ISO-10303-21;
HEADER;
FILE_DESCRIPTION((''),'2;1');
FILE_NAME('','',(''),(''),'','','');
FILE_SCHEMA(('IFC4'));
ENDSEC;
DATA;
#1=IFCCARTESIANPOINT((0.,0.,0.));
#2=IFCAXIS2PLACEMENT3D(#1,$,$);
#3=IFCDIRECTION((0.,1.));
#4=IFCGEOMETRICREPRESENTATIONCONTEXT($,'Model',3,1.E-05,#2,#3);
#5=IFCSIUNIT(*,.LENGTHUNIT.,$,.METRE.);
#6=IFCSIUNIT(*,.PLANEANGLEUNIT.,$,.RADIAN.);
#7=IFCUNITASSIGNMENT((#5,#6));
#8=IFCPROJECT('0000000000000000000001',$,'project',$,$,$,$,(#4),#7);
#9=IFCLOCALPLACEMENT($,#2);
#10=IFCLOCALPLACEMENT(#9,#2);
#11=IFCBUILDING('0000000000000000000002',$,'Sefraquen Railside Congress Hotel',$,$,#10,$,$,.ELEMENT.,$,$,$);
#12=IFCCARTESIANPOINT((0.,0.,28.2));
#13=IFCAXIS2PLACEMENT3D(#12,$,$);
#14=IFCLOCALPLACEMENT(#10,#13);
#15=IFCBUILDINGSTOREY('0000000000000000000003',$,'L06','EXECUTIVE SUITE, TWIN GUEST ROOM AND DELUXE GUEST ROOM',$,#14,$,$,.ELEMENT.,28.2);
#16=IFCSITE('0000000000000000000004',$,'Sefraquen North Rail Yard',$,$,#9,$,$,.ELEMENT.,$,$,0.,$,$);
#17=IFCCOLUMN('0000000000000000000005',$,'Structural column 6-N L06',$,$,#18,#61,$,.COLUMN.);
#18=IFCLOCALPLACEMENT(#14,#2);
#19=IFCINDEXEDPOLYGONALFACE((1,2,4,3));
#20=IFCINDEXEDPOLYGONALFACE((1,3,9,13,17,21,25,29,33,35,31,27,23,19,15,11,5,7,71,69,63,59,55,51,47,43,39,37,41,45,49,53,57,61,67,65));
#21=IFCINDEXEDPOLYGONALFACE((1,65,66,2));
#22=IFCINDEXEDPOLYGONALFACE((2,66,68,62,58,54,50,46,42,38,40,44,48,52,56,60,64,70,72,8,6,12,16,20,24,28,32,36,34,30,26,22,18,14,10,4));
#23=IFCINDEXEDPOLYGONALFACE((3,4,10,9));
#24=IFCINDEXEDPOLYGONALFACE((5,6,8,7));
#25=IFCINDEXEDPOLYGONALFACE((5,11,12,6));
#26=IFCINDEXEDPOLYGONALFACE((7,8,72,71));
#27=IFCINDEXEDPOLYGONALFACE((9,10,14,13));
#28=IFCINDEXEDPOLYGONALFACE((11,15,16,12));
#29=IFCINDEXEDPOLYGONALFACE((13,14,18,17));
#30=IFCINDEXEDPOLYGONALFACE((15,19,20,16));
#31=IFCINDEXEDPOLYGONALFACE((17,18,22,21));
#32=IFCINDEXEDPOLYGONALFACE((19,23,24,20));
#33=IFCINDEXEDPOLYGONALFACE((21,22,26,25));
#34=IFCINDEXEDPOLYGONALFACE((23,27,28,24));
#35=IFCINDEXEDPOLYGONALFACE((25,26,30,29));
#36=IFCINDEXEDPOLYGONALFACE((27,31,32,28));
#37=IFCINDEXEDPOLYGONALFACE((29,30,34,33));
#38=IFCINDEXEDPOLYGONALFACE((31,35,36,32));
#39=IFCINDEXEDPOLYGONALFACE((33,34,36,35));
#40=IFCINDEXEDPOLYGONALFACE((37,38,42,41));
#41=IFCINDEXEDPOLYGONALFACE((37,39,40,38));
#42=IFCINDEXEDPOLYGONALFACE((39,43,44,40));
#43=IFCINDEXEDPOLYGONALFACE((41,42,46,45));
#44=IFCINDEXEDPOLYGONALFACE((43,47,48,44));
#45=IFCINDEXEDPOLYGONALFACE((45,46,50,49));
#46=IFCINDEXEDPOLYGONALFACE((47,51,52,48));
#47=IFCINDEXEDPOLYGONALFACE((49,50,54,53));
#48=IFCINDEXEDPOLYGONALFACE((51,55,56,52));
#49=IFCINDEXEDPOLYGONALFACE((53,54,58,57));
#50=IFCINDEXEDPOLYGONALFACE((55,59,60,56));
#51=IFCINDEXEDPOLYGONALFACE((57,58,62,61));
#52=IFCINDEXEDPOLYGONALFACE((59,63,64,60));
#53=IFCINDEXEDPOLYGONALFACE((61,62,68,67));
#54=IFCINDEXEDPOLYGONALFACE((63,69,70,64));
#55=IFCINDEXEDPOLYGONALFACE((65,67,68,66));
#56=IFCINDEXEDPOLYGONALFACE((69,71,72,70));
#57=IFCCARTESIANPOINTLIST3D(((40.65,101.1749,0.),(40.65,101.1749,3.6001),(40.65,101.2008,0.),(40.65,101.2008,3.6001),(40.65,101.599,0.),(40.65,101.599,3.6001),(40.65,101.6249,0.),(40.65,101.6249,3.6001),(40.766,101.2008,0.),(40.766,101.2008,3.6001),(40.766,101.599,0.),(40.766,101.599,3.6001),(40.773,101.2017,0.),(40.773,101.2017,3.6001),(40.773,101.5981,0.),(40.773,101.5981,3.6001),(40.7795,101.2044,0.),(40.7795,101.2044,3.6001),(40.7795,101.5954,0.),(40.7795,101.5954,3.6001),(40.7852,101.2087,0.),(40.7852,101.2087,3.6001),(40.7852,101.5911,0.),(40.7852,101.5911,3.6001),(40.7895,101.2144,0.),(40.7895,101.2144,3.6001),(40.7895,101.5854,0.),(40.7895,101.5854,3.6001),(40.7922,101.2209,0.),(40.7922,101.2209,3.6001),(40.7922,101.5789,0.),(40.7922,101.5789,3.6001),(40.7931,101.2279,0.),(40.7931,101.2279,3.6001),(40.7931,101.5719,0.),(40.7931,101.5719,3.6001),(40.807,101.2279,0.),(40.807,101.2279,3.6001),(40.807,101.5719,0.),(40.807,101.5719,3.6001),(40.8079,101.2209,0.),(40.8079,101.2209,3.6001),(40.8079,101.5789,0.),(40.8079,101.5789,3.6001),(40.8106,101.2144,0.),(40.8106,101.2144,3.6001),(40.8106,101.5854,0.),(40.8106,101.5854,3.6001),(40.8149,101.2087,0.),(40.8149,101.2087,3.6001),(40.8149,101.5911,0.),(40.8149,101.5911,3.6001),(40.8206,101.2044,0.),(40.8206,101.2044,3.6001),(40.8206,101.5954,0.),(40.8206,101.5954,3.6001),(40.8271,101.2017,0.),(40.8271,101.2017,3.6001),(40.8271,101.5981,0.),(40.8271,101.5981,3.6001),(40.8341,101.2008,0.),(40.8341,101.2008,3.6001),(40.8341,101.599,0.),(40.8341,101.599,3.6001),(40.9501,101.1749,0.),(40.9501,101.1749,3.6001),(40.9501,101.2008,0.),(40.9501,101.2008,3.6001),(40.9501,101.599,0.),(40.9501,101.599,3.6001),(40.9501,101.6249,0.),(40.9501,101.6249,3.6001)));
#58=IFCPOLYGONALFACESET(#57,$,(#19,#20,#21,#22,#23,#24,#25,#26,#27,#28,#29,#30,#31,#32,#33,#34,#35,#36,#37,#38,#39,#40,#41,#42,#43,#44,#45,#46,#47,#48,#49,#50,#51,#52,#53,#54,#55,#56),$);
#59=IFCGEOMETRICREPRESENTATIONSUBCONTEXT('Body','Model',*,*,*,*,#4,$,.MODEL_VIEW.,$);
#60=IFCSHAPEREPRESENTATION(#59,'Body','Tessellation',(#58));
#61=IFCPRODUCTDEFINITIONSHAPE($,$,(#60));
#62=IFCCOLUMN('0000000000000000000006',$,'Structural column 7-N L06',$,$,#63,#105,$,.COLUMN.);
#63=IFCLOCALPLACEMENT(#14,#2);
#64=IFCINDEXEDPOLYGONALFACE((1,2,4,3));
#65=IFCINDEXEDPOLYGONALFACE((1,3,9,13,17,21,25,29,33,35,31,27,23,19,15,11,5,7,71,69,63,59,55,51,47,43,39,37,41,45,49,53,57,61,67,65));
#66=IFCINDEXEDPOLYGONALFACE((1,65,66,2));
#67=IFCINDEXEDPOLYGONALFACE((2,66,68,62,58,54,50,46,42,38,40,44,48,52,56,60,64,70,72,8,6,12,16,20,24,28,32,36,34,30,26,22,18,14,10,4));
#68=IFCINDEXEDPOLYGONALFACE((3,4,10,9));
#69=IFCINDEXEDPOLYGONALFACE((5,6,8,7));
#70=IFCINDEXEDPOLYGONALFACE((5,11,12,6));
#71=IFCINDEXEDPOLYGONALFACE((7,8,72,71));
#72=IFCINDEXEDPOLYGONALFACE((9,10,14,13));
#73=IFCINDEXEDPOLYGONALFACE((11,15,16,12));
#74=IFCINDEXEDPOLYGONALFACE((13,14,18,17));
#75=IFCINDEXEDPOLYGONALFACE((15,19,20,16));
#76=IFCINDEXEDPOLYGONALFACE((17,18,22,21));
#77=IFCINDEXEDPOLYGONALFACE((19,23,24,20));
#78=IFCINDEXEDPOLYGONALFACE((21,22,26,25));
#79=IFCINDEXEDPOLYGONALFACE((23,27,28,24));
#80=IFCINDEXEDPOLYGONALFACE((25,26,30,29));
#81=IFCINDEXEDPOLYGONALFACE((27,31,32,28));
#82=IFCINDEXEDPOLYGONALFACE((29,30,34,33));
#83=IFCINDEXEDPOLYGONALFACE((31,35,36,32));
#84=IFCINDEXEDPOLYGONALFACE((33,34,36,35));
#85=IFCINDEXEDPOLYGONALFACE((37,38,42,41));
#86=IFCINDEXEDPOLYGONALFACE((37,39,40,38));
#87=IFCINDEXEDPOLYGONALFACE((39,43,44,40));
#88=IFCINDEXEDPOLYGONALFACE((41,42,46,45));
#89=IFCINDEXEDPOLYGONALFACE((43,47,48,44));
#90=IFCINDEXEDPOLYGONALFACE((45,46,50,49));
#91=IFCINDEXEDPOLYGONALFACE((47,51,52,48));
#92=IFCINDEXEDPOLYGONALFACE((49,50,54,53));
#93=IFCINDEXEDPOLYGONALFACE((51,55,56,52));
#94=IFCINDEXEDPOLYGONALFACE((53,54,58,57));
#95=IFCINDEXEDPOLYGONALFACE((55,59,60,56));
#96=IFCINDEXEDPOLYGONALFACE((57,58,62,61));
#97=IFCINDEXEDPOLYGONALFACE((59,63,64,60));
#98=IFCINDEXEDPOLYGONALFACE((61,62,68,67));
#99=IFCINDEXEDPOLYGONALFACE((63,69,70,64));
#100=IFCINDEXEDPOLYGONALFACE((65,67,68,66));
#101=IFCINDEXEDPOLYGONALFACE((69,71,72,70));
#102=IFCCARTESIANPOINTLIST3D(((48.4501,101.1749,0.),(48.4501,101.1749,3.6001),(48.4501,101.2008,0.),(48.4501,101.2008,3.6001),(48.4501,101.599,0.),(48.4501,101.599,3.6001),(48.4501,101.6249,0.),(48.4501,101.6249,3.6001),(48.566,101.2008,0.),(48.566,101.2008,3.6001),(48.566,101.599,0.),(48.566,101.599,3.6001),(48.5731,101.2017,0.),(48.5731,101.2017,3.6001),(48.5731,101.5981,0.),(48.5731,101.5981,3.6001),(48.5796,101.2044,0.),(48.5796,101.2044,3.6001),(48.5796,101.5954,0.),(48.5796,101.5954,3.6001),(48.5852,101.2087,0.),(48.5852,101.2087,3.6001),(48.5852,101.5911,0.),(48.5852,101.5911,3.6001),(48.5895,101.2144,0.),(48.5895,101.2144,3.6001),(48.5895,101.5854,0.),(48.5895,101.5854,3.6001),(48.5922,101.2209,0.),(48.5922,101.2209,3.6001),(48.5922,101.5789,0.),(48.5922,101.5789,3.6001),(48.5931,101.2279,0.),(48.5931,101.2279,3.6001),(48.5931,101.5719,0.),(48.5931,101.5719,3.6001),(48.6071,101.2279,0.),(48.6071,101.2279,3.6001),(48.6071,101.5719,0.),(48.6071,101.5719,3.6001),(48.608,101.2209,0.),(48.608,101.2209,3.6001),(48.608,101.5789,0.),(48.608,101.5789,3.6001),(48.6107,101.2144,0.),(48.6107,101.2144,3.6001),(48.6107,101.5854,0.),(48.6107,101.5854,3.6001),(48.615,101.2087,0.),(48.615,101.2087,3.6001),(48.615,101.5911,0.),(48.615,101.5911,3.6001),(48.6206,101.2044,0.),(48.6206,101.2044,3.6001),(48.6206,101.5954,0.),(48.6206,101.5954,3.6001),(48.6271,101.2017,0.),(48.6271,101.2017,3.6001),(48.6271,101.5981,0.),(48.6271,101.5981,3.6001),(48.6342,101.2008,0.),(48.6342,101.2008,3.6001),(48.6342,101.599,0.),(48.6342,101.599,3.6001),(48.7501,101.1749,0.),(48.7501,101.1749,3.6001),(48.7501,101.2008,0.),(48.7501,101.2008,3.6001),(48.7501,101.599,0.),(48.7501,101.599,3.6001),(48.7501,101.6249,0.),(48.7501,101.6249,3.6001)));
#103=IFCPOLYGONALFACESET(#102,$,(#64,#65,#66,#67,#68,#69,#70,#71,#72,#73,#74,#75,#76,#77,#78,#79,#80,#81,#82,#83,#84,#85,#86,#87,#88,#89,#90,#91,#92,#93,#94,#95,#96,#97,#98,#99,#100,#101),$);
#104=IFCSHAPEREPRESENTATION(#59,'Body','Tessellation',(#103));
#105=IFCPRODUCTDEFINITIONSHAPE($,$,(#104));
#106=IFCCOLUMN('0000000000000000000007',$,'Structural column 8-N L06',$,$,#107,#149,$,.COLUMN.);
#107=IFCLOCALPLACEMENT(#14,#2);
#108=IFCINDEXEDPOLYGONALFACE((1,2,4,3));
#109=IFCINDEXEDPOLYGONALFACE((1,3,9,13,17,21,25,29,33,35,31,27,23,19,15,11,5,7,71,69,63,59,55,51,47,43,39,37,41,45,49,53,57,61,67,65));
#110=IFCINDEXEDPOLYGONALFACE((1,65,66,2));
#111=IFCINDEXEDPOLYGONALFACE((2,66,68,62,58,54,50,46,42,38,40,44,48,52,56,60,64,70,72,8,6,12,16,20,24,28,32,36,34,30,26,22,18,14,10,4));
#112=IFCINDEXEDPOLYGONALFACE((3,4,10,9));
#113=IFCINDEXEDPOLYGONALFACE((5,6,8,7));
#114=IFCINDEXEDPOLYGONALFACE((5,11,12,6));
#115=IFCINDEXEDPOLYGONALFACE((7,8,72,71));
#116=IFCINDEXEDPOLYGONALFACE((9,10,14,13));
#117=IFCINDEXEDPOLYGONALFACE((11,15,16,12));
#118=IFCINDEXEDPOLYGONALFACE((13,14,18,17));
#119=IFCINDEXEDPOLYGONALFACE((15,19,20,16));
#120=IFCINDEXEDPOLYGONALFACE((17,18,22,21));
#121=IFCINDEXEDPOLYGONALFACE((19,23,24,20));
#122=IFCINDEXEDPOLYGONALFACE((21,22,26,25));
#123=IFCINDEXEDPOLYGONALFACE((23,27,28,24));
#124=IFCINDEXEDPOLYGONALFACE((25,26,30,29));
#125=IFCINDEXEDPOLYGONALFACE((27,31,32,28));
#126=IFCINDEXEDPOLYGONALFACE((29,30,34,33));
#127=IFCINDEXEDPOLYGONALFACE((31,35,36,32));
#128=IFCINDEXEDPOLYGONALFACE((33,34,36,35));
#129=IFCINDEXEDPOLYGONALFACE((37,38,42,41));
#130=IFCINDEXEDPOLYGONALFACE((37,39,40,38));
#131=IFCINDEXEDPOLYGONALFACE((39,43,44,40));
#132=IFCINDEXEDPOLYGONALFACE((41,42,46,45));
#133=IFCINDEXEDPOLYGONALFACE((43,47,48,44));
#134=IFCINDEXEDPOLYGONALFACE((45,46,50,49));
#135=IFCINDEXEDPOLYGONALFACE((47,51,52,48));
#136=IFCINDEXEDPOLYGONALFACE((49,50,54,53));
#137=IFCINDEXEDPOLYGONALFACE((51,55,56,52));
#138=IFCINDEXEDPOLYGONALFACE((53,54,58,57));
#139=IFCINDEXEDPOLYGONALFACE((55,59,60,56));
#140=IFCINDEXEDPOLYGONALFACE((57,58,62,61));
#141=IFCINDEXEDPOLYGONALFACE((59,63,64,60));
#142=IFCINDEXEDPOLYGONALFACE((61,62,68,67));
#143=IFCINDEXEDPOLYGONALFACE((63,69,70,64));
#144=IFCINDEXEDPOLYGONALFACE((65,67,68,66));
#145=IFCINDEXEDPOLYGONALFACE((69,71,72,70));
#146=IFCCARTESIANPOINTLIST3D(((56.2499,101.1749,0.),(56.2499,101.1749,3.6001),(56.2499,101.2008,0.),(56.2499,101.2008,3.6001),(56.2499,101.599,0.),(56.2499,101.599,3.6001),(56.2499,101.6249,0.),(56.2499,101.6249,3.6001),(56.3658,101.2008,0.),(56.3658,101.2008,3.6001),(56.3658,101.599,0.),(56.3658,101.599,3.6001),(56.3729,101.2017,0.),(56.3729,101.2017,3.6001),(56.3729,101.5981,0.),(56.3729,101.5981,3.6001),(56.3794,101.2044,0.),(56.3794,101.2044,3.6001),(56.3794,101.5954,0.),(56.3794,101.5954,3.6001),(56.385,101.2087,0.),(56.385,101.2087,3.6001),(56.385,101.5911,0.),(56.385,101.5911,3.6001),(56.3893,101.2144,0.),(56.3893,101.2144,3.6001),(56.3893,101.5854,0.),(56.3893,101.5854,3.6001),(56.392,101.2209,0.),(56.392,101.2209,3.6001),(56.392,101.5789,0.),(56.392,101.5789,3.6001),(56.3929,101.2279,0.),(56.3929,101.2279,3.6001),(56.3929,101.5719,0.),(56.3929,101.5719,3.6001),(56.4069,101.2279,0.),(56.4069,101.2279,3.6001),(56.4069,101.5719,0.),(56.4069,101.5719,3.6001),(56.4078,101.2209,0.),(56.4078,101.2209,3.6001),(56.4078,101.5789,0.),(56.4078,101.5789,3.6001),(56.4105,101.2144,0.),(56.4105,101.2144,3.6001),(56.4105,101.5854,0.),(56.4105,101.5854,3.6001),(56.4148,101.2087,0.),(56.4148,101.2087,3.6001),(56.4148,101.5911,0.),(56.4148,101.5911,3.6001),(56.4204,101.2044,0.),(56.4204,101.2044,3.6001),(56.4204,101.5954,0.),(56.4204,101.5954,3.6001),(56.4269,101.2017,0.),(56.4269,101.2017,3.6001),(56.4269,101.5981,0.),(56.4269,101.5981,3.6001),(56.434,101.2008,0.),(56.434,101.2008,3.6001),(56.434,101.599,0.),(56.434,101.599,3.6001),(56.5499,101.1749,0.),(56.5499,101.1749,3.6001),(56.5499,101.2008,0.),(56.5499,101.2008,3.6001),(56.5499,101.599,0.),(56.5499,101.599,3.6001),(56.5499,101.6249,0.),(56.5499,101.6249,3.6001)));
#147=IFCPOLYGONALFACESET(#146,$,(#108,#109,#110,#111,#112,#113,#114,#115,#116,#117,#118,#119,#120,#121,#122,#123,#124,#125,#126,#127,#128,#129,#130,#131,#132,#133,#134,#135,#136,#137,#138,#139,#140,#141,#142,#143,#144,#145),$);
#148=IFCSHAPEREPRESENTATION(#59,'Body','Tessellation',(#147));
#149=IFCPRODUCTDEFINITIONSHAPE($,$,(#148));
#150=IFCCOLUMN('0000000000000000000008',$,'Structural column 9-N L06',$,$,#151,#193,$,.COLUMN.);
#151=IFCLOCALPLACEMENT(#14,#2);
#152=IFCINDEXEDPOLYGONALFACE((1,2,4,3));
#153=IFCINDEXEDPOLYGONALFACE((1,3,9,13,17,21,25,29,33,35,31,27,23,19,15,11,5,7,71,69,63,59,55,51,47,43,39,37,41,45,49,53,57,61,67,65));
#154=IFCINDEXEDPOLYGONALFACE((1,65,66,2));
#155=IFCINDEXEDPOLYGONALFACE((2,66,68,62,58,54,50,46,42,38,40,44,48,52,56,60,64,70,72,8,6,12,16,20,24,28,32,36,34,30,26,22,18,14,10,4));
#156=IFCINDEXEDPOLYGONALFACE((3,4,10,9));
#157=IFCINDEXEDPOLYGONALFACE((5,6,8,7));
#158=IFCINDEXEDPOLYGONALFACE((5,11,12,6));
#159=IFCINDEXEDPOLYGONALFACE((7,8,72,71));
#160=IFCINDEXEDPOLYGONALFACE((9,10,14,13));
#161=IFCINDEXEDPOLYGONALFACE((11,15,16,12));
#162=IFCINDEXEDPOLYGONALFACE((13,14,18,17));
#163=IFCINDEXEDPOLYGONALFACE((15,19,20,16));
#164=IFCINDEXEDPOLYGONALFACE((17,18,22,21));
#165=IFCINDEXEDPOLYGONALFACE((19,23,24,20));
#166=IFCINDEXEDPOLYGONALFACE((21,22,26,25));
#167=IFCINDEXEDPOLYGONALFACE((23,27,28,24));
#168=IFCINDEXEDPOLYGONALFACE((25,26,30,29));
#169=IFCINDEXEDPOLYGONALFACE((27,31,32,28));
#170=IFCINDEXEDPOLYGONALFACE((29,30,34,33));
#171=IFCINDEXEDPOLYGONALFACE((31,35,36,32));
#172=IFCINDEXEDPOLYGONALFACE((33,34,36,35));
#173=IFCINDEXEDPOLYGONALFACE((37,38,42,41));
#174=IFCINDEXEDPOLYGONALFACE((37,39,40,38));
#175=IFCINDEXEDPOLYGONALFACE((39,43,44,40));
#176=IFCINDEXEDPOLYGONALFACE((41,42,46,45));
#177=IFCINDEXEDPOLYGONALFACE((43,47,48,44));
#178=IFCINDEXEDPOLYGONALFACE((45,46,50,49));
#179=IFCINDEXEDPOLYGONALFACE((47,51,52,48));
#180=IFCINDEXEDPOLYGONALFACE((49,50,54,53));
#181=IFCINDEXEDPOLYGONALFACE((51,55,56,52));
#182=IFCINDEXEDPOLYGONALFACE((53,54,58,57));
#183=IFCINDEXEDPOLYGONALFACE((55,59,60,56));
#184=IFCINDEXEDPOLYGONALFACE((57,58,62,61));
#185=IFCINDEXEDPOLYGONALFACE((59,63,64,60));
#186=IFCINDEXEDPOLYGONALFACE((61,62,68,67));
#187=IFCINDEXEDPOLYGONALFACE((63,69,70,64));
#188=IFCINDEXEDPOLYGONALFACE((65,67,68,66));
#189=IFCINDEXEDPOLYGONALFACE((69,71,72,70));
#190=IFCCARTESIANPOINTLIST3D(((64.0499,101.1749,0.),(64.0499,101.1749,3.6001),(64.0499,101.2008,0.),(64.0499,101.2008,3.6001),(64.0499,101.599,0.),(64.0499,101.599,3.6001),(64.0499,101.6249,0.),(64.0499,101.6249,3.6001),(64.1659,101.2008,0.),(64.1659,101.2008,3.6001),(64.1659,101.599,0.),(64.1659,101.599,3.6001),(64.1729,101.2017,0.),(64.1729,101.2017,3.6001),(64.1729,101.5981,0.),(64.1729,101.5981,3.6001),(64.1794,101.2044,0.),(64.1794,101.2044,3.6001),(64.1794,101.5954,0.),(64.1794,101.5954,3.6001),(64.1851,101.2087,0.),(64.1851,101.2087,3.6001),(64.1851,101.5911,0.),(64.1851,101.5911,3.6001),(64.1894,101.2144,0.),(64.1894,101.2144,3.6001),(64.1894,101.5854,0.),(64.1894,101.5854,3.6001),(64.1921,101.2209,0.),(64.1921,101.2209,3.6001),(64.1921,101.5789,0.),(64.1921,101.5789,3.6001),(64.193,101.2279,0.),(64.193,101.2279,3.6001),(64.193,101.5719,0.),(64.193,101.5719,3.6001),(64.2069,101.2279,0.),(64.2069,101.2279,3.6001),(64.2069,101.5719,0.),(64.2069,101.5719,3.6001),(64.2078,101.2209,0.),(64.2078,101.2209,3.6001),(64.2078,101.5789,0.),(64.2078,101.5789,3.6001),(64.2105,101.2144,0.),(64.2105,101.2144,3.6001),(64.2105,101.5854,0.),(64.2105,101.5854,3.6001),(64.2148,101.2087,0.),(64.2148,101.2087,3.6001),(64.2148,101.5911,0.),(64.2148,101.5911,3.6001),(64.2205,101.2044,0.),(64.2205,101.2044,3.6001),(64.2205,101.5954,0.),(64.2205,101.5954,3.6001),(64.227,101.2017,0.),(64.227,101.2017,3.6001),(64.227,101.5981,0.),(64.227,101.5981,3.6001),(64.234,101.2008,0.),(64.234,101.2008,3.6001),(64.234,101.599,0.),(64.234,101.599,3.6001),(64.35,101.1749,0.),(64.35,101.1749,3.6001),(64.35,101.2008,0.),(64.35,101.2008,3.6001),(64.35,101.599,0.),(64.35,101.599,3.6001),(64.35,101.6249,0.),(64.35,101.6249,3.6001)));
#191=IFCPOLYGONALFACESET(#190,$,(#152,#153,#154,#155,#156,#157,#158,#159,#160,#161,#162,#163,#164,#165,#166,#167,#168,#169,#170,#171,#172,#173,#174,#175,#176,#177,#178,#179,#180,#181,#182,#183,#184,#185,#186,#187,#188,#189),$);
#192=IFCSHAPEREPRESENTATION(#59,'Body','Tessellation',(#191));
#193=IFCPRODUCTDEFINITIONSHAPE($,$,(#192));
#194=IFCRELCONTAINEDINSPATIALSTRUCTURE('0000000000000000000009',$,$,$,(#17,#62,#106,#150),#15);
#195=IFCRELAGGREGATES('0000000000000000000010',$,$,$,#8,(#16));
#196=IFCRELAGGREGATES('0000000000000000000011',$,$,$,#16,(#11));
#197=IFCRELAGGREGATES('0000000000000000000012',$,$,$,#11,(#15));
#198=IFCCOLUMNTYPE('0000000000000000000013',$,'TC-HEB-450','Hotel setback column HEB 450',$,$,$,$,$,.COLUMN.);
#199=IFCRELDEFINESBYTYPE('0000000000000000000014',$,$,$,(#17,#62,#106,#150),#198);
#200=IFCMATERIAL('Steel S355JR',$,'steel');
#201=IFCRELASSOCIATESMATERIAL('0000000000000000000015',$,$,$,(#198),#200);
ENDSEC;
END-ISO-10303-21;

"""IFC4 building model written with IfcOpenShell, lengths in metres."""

from ifc_helpers import new_model, si_unit, direction, frame, origin, origin_2d, place, context, subcontext, project, spatial, i_section, extrude, material, material_profile, profile_set, type_object, element, save


model = new_model("IFC4")

# Units and contexts
model_context = context("Model", 3, precision=1e-05, world=origin(), true_north=direction((0.0, 1.0)))
body_context = subcontext(model_context, "Body", "Model", "MODEL_VIEW")
ifc_project = project(units=[si_unit("LENGTHUNIT", "METRE"), si_unit("PLANEANGLEUNIT", "RADIAN")], contexts=[model_context])

# Site, building, storey
site_placement = place(None, origin())
site = spatial("IfcSite", under=ifc_project, at=site_placement, Name="Sefraquen North Rail Yard", CompositionType="ELEMENT", RefElevation=0.0)
building_placement = place(site_placement, origin())
building = spatial("IfcBuilding", under=site, at=building_placement, Name="Sefraquen Railside Congress Hotel", CompositionType="ELEMENT")
storey_placement = place(building_placement, frame((0.0, 0.0, 28.2)))
storey = spatial("IfcBuildingStorey", under=building, at=storey_placement, Name="L06", Description="EXECUTIVE SUITE, TWIN GUEST ROOM AND DELUXE GUEST ROOM", CompositionType="ELEMENT", Elevation=28.2)

# Columns
ifc_material_1 = material(Name="Steel S355JR", Category="steel")
ifc_material_profile_1 = material_profile(ifc_material_1, i_section(OverallWidth=0.3, OverallDepth=0.45, WebThickness=0.0139, FlangeThickness=0.0259, FilletRadius=0.0271, at=origin_2d()), Name="HEB 450")
ifc_profile_set_1 = profile_set([ifc_material_profile_1], Name="Steel S355JR")
column_type = type_object("IfcColumnType", Name="TC-HEB-450", Description="Hotel setback column HEB 450", PredefinedType="COLUMN", material=ifc_profile_set_1)
for number, where, z_axis, x_axis, name in (
    (1, (40.8, 101.3999, 0.0), (0.0, 0.0, 1.0), (1.0, 0.0, 0.0), "Structural column 6-N L06"),
    (2, (48.6001, 101.3999, 0.0), (0.0, 0.0, 1.0), (1.0, 0.0, 0.0), "Structural column 7-N L06"),
    (3, (56.3999, 101.3999, 0.0), (0.0, 0.0, 1.0), (1.0, 0.0, 0.0), "Structural column 8-N L06"),
    (4, (64.2, 101.3999, 0.0), (0.0, 0.0, 1.0), (1.0, 0.0, 0.0), "Structural column 9-N L06"),
):
    element("IfcColumn", number, at=place(storey_placement, frame(where, z_axis=z_axis, x_axis=x_axis)), inside=storey, type_object=column_type, Name=name, PredefinedType="COLUMN", context=body_context, shape_type="SweptSolid", body=[
        extrude(i_section(OverallWidth=0.3, OverallDepth=0.45, WebThickness=0.0139, FlangeThickness=0.0259, FilletRadius=0.0271, at=origin_2d()), origin(), (0.0, 0.0, 1.0), 3.6001),
    ])

save(model, "model.ifc")
